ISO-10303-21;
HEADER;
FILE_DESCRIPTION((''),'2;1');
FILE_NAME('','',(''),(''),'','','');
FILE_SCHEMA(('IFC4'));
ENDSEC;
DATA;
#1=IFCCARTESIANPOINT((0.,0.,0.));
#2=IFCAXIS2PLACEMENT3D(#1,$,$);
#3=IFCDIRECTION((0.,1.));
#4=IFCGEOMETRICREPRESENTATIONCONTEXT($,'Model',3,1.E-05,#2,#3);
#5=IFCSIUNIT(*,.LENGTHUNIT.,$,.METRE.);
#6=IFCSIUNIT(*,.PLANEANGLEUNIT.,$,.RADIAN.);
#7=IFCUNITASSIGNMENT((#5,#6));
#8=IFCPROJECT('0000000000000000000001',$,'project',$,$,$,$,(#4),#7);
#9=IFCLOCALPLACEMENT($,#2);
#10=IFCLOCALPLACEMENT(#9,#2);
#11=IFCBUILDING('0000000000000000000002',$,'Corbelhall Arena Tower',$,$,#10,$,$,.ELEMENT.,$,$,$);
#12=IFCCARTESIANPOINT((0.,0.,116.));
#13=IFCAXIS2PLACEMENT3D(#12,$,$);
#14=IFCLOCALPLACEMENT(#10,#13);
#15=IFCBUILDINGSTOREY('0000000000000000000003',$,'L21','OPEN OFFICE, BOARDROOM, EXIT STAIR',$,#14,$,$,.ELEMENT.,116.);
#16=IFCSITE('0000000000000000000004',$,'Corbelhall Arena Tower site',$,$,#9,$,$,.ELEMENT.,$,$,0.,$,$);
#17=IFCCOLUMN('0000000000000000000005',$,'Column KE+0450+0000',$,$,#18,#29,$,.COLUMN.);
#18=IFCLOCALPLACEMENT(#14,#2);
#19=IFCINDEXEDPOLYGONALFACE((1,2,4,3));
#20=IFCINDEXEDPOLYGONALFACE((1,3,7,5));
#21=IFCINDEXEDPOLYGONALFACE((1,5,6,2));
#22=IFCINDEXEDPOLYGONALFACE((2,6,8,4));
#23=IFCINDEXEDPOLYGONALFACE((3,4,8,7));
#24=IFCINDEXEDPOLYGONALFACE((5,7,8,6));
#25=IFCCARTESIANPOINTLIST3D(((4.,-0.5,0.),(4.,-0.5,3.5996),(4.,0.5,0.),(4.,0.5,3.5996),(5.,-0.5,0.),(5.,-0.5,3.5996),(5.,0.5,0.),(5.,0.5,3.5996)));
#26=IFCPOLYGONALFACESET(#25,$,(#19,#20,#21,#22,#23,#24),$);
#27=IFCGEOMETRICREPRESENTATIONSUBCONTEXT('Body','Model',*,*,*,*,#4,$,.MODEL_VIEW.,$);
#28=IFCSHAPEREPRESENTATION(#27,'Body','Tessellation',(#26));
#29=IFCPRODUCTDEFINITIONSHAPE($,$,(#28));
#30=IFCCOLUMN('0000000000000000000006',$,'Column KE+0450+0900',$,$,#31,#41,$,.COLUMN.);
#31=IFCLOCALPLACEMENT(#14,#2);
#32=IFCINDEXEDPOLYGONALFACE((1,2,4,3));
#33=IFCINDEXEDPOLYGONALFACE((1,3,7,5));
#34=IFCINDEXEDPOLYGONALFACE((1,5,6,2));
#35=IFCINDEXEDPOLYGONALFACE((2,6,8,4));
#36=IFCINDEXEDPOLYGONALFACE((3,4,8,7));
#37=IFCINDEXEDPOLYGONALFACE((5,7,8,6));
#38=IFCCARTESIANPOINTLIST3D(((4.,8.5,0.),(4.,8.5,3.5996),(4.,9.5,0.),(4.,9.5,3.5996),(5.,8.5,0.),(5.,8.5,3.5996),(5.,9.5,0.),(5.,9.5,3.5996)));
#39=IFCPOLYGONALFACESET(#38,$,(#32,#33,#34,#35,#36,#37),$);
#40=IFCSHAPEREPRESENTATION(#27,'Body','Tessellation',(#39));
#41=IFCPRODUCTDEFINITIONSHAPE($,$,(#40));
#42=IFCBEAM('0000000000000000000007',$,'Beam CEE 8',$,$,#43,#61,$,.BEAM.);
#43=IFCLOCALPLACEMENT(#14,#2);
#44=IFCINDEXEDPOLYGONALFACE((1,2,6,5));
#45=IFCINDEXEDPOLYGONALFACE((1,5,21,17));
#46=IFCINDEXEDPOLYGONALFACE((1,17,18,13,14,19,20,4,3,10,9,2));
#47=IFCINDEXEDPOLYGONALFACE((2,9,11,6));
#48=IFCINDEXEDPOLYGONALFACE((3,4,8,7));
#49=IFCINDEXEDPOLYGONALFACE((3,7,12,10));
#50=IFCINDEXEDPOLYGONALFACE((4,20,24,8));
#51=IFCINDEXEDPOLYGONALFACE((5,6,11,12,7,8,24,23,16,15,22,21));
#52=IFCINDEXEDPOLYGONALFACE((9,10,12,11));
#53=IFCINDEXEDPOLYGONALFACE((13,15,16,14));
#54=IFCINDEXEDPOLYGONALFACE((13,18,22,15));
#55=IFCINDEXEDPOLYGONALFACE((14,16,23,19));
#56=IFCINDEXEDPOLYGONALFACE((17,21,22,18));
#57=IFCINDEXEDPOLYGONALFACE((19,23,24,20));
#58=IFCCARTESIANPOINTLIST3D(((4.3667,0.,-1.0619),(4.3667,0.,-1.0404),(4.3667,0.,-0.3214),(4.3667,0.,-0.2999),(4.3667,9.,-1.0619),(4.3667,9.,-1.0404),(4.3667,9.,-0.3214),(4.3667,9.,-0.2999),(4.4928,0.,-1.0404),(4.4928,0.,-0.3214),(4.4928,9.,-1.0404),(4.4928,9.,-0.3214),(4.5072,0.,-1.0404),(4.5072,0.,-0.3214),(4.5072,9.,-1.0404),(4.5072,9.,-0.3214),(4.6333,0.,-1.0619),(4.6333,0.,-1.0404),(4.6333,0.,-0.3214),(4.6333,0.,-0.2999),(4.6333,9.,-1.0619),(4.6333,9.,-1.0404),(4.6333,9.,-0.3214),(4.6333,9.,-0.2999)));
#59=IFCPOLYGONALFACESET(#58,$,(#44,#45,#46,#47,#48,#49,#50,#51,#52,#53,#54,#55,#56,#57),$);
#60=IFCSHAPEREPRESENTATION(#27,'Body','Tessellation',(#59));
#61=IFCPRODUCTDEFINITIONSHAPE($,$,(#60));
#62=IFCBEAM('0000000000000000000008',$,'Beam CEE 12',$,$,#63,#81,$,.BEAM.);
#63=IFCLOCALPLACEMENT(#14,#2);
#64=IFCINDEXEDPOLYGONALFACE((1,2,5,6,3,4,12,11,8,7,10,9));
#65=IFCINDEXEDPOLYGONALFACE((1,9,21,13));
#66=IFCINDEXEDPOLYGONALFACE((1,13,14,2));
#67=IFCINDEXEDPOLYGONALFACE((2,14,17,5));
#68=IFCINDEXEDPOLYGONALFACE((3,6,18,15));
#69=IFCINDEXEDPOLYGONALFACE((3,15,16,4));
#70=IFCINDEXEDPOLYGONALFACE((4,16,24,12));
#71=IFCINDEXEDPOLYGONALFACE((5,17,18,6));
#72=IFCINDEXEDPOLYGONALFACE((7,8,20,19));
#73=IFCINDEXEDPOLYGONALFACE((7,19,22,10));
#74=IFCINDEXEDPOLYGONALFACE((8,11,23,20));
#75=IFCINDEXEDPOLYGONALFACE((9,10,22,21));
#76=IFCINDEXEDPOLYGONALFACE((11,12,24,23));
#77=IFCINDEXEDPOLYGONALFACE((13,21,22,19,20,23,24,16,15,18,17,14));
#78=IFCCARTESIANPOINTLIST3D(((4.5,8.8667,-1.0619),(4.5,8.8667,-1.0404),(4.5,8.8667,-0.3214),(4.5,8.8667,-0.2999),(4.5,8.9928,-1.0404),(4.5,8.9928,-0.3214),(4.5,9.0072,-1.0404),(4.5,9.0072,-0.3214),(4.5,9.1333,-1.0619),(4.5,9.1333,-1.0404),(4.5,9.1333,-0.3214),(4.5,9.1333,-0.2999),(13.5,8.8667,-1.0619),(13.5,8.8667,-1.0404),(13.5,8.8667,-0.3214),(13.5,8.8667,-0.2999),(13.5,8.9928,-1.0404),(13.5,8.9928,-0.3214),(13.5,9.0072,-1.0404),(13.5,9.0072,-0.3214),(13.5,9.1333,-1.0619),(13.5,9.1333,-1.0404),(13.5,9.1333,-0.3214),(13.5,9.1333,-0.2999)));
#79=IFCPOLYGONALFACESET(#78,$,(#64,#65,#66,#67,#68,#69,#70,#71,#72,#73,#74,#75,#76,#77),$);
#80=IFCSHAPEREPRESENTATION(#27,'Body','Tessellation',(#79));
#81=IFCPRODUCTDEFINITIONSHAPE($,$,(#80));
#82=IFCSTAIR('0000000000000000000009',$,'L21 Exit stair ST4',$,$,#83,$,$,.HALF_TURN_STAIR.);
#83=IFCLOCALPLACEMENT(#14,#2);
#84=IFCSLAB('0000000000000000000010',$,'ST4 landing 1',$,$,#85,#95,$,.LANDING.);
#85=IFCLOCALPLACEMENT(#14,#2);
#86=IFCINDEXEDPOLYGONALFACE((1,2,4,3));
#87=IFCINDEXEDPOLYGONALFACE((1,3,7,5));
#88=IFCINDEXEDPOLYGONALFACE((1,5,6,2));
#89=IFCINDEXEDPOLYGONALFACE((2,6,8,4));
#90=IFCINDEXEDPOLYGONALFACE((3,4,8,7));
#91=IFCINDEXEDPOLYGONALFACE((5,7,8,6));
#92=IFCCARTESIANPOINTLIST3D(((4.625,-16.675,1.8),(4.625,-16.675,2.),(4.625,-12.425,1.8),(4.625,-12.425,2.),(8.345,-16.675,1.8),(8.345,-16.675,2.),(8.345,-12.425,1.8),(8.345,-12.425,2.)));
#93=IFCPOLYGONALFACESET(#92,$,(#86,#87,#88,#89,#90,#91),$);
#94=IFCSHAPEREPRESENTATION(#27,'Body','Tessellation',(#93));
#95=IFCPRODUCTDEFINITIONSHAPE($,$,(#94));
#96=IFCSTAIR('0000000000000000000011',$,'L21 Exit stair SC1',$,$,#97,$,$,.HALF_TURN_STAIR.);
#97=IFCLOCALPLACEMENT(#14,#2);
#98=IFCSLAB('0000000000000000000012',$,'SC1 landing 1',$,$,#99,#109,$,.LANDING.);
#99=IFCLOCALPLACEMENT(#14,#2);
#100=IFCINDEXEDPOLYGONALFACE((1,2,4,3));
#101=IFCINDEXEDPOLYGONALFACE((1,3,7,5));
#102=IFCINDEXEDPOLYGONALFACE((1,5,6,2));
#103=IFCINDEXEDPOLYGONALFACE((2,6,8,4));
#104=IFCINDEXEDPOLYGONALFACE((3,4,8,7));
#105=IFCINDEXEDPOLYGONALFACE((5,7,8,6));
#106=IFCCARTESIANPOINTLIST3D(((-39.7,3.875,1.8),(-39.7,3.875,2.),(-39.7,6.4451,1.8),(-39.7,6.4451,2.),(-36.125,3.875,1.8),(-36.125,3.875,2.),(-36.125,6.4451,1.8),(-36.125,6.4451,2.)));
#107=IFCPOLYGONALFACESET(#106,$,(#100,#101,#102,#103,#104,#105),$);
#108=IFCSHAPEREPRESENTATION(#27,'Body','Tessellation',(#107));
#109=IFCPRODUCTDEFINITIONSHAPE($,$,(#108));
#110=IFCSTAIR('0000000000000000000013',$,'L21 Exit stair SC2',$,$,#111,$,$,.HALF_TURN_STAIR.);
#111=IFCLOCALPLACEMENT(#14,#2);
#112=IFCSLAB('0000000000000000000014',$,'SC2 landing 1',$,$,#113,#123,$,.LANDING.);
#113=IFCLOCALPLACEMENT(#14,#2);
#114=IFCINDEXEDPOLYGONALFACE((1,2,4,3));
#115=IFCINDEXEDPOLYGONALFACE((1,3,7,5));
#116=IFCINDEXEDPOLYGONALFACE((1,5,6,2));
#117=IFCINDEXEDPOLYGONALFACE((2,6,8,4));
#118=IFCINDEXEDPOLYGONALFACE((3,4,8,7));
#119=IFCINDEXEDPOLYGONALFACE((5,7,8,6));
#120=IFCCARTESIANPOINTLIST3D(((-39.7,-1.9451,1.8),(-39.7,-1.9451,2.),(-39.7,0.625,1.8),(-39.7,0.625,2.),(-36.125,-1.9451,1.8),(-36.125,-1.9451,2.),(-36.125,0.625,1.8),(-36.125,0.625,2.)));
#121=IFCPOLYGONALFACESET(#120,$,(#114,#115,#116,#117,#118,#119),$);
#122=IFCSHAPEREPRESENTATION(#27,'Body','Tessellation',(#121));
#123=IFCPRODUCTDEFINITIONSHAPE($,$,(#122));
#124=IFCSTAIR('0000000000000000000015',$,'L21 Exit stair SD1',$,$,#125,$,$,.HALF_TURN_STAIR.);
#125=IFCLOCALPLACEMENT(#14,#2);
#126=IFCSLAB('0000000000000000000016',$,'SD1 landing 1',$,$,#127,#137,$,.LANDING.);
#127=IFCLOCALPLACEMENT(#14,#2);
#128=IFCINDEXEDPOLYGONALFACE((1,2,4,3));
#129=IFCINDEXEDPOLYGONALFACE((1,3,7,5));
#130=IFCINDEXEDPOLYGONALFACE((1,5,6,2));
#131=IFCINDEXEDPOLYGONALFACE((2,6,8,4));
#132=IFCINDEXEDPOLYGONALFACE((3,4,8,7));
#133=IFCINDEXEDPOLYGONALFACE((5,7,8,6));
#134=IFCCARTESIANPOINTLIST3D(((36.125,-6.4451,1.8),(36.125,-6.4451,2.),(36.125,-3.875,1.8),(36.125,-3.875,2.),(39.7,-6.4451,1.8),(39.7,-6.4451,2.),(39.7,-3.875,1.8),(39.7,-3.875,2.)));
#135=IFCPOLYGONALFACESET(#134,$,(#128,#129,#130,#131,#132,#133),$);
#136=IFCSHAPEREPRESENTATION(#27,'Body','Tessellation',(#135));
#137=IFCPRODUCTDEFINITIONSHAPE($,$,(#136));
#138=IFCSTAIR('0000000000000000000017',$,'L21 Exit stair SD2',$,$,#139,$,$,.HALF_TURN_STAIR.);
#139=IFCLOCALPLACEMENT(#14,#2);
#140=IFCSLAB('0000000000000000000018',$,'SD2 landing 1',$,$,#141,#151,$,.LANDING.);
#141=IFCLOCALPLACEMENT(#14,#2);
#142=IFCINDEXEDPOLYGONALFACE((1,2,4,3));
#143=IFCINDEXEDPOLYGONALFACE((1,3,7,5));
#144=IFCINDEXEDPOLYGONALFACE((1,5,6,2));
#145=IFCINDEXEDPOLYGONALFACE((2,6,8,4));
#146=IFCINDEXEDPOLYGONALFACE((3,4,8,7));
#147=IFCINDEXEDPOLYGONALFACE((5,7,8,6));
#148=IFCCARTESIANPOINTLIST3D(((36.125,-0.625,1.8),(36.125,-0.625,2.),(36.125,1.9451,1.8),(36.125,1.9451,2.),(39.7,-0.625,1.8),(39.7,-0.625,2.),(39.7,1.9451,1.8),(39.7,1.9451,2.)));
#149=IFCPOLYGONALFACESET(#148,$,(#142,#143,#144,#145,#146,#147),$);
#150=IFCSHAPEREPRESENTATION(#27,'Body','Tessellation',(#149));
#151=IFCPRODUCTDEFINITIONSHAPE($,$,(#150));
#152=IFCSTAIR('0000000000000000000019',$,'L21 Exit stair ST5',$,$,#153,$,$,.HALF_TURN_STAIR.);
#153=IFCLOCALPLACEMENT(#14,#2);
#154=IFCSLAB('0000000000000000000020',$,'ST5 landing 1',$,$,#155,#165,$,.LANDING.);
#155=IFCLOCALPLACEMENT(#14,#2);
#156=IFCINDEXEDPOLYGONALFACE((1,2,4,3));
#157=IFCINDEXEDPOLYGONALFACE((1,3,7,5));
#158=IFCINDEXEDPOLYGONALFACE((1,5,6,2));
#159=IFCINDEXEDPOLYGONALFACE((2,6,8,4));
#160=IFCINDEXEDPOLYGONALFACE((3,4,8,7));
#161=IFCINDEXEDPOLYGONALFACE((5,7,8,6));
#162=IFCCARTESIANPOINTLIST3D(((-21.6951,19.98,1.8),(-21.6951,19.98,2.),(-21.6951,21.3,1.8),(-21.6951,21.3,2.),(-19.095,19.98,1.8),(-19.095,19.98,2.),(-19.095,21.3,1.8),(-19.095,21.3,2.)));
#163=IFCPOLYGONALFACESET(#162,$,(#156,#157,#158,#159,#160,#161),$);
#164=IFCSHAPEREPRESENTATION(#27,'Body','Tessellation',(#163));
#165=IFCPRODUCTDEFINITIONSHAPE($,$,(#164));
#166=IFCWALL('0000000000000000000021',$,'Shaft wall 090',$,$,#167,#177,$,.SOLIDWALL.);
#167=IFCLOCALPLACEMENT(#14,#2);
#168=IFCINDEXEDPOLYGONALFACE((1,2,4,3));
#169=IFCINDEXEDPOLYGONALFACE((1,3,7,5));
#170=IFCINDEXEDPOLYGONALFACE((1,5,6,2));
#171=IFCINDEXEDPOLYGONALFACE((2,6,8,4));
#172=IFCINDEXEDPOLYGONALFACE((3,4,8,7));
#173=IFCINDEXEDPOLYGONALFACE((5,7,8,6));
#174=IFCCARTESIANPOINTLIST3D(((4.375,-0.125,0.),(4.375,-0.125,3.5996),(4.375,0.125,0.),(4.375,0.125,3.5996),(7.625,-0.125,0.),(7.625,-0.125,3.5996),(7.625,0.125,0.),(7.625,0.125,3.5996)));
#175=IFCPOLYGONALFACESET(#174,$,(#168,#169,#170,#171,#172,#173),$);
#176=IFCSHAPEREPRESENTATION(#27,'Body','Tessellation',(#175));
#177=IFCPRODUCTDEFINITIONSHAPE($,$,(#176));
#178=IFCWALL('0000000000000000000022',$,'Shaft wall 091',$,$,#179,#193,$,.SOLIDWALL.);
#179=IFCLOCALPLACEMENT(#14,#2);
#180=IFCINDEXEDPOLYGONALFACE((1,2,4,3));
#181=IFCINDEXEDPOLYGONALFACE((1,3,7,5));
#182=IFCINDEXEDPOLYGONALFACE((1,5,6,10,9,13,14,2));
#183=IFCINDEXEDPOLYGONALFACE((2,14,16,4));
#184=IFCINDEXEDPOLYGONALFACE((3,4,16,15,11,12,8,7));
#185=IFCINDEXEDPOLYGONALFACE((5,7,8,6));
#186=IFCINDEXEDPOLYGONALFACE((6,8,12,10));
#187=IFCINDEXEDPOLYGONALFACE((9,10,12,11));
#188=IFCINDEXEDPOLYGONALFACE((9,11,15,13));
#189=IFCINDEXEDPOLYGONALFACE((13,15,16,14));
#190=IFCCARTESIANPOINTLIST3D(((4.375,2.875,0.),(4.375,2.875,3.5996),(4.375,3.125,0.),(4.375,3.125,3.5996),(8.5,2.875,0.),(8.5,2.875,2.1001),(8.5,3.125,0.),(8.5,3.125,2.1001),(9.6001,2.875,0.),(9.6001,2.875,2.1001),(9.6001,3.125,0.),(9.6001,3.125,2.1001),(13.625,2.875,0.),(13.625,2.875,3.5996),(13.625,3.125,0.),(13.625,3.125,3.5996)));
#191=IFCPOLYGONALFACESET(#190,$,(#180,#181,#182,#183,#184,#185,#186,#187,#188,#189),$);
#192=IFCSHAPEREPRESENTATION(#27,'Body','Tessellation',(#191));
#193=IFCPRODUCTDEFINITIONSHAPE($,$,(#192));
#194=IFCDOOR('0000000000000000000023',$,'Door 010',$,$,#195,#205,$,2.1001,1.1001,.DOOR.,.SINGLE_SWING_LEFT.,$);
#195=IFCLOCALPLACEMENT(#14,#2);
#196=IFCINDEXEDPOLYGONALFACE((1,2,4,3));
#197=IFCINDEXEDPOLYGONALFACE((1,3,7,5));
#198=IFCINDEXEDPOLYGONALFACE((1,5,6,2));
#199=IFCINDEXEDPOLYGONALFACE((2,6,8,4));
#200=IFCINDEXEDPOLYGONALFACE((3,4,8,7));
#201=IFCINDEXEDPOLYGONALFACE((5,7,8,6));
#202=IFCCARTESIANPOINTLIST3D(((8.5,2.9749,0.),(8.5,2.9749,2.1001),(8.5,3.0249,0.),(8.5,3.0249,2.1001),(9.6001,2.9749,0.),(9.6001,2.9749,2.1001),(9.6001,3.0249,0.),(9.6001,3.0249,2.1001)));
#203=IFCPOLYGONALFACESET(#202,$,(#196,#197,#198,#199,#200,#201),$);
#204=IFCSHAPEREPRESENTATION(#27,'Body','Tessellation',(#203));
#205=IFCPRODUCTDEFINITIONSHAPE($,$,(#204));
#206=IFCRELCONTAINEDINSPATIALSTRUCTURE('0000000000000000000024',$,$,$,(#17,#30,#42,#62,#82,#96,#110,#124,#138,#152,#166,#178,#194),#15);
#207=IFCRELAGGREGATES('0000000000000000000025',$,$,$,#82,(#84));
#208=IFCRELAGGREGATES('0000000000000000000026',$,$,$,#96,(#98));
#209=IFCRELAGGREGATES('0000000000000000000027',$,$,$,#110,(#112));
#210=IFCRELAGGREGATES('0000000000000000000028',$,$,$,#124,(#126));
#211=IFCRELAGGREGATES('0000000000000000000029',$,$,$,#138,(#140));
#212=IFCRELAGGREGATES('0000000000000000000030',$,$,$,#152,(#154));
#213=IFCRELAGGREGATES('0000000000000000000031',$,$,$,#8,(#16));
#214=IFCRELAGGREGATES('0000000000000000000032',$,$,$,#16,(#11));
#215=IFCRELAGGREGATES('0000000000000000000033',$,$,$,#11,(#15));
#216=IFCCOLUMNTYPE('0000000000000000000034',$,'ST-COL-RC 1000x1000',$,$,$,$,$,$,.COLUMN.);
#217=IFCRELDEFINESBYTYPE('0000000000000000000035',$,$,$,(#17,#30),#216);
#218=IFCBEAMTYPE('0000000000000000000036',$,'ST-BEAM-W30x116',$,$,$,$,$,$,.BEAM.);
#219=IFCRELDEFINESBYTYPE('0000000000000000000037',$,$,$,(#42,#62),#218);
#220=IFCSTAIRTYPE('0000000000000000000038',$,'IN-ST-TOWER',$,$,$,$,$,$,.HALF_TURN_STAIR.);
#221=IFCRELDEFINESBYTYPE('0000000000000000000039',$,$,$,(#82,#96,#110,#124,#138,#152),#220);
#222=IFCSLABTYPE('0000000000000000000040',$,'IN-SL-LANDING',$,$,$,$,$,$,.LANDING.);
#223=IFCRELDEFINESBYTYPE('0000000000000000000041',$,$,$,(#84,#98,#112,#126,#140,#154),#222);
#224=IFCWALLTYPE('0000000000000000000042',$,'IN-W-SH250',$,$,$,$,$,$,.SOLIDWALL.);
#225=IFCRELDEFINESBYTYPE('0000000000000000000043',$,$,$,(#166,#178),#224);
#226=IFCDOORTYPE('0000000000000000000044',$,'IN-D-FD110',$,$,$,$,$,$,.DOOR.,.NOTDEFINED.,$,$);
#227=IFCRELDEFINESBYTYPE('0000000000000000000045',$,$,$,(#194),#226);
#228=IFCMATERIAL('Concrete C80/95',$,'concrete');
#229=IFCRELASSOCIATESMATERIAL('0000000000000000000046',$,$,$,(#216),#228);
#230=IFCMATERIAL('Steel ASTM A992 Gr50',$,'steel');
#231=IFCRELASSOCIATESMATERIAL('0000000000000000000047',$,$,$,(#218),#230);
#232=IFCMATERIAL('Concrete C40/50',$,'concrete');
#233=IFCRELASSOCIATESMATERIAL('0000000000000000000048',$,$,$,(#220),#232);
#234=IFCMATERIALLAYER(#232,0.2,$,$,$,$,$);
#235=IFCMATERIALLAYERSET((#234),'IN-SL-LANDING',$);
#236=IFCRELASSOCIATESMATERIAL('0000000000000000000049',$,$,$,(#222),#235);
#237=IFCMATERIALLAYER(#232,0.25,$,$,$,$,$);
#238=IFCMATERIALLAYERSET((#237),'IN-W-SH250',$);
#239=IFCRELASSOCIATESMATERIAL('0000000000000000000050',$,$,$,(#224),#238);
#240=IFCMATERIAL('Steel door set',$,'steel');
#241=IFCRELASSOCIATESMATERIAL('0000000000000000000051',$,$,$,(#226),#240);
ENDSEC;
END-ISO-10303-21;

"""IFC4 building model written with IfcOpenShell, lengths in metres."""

from ifc_helpers import new_model, si_unit, direction, frame, frame_2d, origin, origin_2d, place, context, subcontext, project, spatial, polyline, rectangle, i_section, outline, extrude, material, layer, layer_set, material_profile, profile_set, type_object, element, fill, aggregate, save


model = new_model("IFC4")

# Units and contexts
model_context = context("Model", 3, precision=1e-05, world=origin(), true_north=direction((0.0, 1.0)))
body_context = subcontext(model_context, "Body", "Model", "MODEL_VIEW")
ifc_project = project(units=[si_unit("LENGTHUNIT", "METRE"), si_unit("PLANEANGLEUNIT", "RADIAN")], contexts=[model_context])

# Site, building, storey
site_placement = place(None, origin())
site = spatial("IfcSite", under=ifc_project, at=site_placement, Name="Corbelhall Arena Tower site", CompositionType="ELEMENT", RefElevation=0.0)
building_placement = place(site_placement, origin())
building = spatial("IfcBuilding", under=site, at=building_placement, Name="Corbelhall Arena Tower", CompositionType="ELEMENT")
storey_placement = place(building_placement, frame((0.0, 0.0, 116.0)))
storey = spatial("IfcBuildingStorey", under=building, at=storey_placement, Name="L21", Description="OPEN OFFICE, BOARDROOM, EXIT STAIR", CompositionType="ELEMENT", Elevation=116.0)

# Columns
ifc_material_1 = material(Name="Concrete C80/95", Category="concrete")
ifc_material_profile_1 = material_profile(ifc_material_1, rectangle(XDim=1.0, YDim=1.0, at=origin_2d()))
ifc_profile_set_1 = profile_set([ifc_material_profile_1], Name="Concrete C80/95")
column_type = type_object("IfcColumnType", Name="ST-COL-RC 1000x1000", PredefinedType="COLUMN", material=ifc_profile_set_1)
for number, where, z_axis, x_axis, name in (
    (1, (4.5, 0.0, 0.0), (0.0, 0.0, 1.0), (1.0, 0.0, 0.0), "Column KE+0450+0000"),
    (2, (4.5, 9.0, 0.0), (0.0, 0.0, 1.0), (1.0, 0.0, 0.0), "Column KE+0450+0900"),
):
    element("IfcColumn", number, at=place(storey_placement, frame(where, z_axis=z_axis, x_axis=x_axis)), inside=storey, type_object=column_type, Name=name, PredefinedType="COLUMN", context=body_context, shape_type="SweptSolid", body=[
        extrude(rectangle(XDim=1.0, YDim=1.0, at=origin_2d()), origin(), (0.0, 0.0, 1.0), 3.5996),
    ])

# Beams
ifc_material_2 = material(Name="Steel ASTM A992 Gr50", Category="steel")
ifc_material_profile_2 = material_profile(ifc_material_2, i_section(OverallWidth=0.2666, OverallDepth=0.762, WebThickness=0.0144, FlangeThickness=0.0215, at=origin_2d()))
ifc_profile_set_2 = profile_set([ifc_material_profile_2], Name="Steel ASTM A992 Gr50")
beam_type = type_object("IfcBeamType", Name="ST-BEAM-W30x116", PredefinedType="BEAM", material=ifc_profile_set_2)
for number, where, z_axis, x_axis, name in (
    (3, (4.5, 0.0, -0.6809), (0.0, 1.0, 0.0), (-1.0, 0.0, 0.0), "Beam CEE 8"),
    (4, (4.5, 9.0, -0.6809), (1.0, 0.0, 0.0), (0.0, 1.0, 0.0), "Beam CEE 12"),
):
    element("IfcBeam", number, at=place(storey_placement, frame(where, z_axis=z_axis, x_axis=x_axis)), inside=storey, type_object=beam_type, Name=name, PredefinedType="BEAM", context=body_context, shape_type="SweptSolid", body=[
        extrude(i_section(OverallWidth=0.2666, OverallDepth=0.762, WebThickness=0.0144, FlangeThickness=0.0215, at=origin_2d()), origin(), (0.0, 0.0, 1.0), 9.0),
    ])

# Stairs, slabs
ifc_material_3 = material(Name="Concrete C40/50", Category="concrete")
stair_type = type_object("IfcStairType", Name="IN-ST-TOWER", PredefinedType="HALF_TURN_STAIR", material=ifc_material_3)
stair_1_placement = place(storey_placement, origin())
stair_1 = element("IfcStair", 5, at=stair_1_placement, inside=storey, type_object=stair_type, Name="L21 Exit stair ST4", PredefinedType="HALF_TURN_STAIR")
ifc_layer_1 = layer(ifc_material_3, 0.2)
ifc_layer_set_1 = layer_set([ifc_layer_1], Name="IN-SL-LANDING")
slab_type = type_object("IfcSlabType", Name="IN-SL-LANDING", PredefinedType="LANDING", material=ifc_layer_set_1)
slab_1_placement = place(storey_placement, frame((0.0, 0.0, 1.8)))
slab_1 = element("IfcSlab", 6, at=slab_1_placement, type_object=slab_type, Name="ST4 landing 1", PredefinedType="LANDING", context=body_context, shape_type="SweptSolid", body=[
    extrude(outline(polyline([(8.345, -12.425), (4.625, -12.425), (4.625, -16.675), (8.345, -16.675), (8.345, -12.425)])), origin(), (0.0, 0.0, 1.0), 0.2),
])
aggregate(stair_1, [slab_1])
stair_2_placement = place(storey_placement, origin())
stair_2 = element("IfcStair", 7, at=stair_2_placement, inside=storey, type_object=stair_type, Name="L21 Exit stair SC1", PredefinedType="HALF_TURN_STAIR")
slab_2_placement = place(storey_placement, frame((0.0, 0.0, 1.8)))
slab_2 = element("IfcSlab", 8, at=slab_2_placement, type_object=slab_type, Name="SC1 landing 1", PredefinedType="LANDING", context=body_context, shape_type="SweptSolid", body=[
    extrude(outline(polyline([(-39.7, 6.4451), (-39.7, 3.875), (-36.125, 3.875), (-36.125, 6.4451), (-39.7, 6.4451)])), origin(), (0.0, 0.0, 1.0), 0.2),
])
aggregate(stair_2, [slab_2])
stair_3_placement = place(storey_placement, origin())
stair_3 = element("IfcStair", 9, at=stair_3_placement, inside=storey, type_object=stair_type, Name="L21 Exit stair SC2", PredefinedType="HALF_TURN_STAIR")
slab_3_placement = place(storey_placement, frame((0.0, 0.0, 1.8)))
slab_3 = element("IfcSlab", 10, at=slab_3_placement, type_object=slab_type, Name="SC2 landing 1", PredefinedType="LANDING", context=body_context, shape_type="SweptSolid", body=[
    extrude(outline(polyline([(-36.125, -1.9451), (-36.125, 0.625), (-39.7, 0.625), (-39.7, -1.9451), (-36.125, -1.9451)])), origin(), (0.0, 0.0, 1.0), 0.2),
])
aggregate(stair_3, [slab_3])
stair_4_placement = place(storey_placement, origin())
stair_4 = element("IfcStair", 11, at=stair_4_placement, inside=storey, type_object=stair_type, Name="L21 Exit stair SD1", PredefinedType="HALF_TURN_STAIR")
slab_4_placement = place(storey_placement, frame((0.0, 0.0, 1.8)))
slab_4 = element("IfcSlab", 12, at=slab_4_placement, type_object=slab_type, Name="SD1 landing 1", PredefinedType="LANDING", context=body_context, shape_type="SweptSolid", body=[
    extrude(outline(polyline([(39.7, -6.4451), (39.7, -3.875), (36.125, -3.875), (36.125, -6.4451), (39.7, -6.4451)])), origin(), (0.0, 0.0, 1.0), 0.2),
])
aggregate(stair_4, [slab_4])
stair_5_placement = place(storey_placement, origin())
stair_5 = element("IfcStair", 13, at=stair_5_placement, inside=storey, type_object=stair_type, Name="L21 Exit stair SD2", PredefinedType="HALF_TURN_STAIR")
slab_5_placement = place(storey_placement, frame((0.0, 0.0, 1.8)))
slab_5 = element("IfcSlab", 14, at=slab_5_placement, type_object=slab_type, Name="SD2 landing 1", PredefinedType="LANDING", context=body_context, shape_type="SweptSolid", body=[
    extrude(outline(polyline([(36.125, 1.9451), (36.125, -0.625), (39.7, -0.625), (39.7, 1.9451), (36.125, 1.9451)])), origin(), (0.0, 0.0, 1.0), 0.2),
])
aggregate(stair_5, [slab_5])
stair_6_placement = place(storey_placement, origin())
stair_6 = element("IfcStair", 15, at=stair_6_placement, inside=storey, type_object=stair_type, Name="L21 Exit stair ST5", PredefinedType="HALF_TURN_STAIR")
slab_6_placement = place(storey_placement, frame((0.0, 0.0, 1.8)))
slab_6 = element("IfcSlab", 16, at=slab_6_placement, type_object=slab_type, Name="ST5 landing 1", PredefinedType="LANDING", context=body_context, shape_type="SweptSolid", body=[
    extrude(outline(polyline([(-19.095, 19.98), (-19.095, 21.3), (-21.6951, 21.3), (-21.6951, 19.98), (-19.095, 19.98)])), origin(), (0.0, 0.0, 1.0), 0.2),
])
aggregate(stair_6, [slab_6])

# Wall
ifc_layer_2 = layer(ifc_material_3, 0.25)
ifc_layer_set_2 = layer_set([ifc_layer_2], Name="IN-W-SH250")
wall_type_1 = type_object("IfcWallType", Name="IN-W-SH250", PredefinedType="SOLIDWALL", material=ifc_layer_set_2)
wall_1_placement = place(storey_placement, frame((4.375, 0.0, 0.0), z_axis=(0.0, 0.0, 1.0), x_axis=(1.0, 0.0, 0.0)))
element("IfcWall", 17, at=wall_1_placement, inside=storey, type_object=wall_type_1, Name="Shaft wall 090", PredefinedType="SOLIDWALL", context=body_context, shape_type="SweptSolid", body=[
    extrude(rectangle(XDim=3.25, YDim=0.25, at=frame_2d((1.625, 0.0))), origin(), (0.0, 0.0, 1.0), 3.5996),
])

# Wall, opening, door
wall_2_placement = place(storey_placement, frame((4.375, 3.0, 0.0), z_axis=(0.0, 0.0, 1.0), x_axis=(1.0, 0.0, 0.0)))
wall_2 = element("IfcWall", 18, at=wall_2_placement, inside=storey, type_object=wall_type_1, Name="Shaft wall 091", PredefinedType="SOLIDWALL", context=body_context, shape_type="SweptSolid", body=[
    extrude(rectangle(XDim=9.25, YDim=0.25, at=frame_2d((4.625, 0.0))), origin(), (0.0, 0.0, 1.0), 3.5996),
])
opening_1_placement = place(wall_2_placement, frame((4.125, 0.0, 0.0)))
opening_1 = element("IfcOpeningElement", 19, at=opening_1_placement, cuts=wall_2, PredefinedType="OPENING", context=body_context, shape_type="SweptSolid", body=[
    extrude(rectangle(XDim=1.1001, YDim=2.1001, at=frame_2d((0.55, 1.05))), frame((0.0, 0.125, 0.0), z_axis=(0.0, -1.0, 0.0), x_axis=(1.0, 0.0, 0.0)), (0.0, 0.0, 1.0), 0.25),
])
ifc_material_4 = material(Name="Steel door set", Category="steel")
door_type_1 = type_object("IfcDoorType", Name="IN-D-FD110", OperationType="NOTDEFINED", PredefinedType="DOOR", material=ifc_material_4)
door_1_placement = place(opening_1_placement, origin())
door_1 = element("IfcDoor", 20, at=door_1_placement, inside=storey, type_object=door_type_1, Name="Door 010", OperationType="SINGLE_SWING_LEFT", OverallHeight=2.1001, OverallWidth=1.1001, PredefinedType="DOOR", context=body_context, shape_type="SweptSolid", body=[
    extrude(rectangle(XDim=1.1001, YDim=2.1001, at=frame_2d((0.55, 1.05))), frame((0.0, 0.0249, 0.0), z_axis=(0.0, -1.0, 0.0), x_axis=(1.0, 0.0, 0.0)), (0.0, 0.0, 1.0), 0.05),
])
fill(opening_1, door_1)

save(model, "model.ifc")
